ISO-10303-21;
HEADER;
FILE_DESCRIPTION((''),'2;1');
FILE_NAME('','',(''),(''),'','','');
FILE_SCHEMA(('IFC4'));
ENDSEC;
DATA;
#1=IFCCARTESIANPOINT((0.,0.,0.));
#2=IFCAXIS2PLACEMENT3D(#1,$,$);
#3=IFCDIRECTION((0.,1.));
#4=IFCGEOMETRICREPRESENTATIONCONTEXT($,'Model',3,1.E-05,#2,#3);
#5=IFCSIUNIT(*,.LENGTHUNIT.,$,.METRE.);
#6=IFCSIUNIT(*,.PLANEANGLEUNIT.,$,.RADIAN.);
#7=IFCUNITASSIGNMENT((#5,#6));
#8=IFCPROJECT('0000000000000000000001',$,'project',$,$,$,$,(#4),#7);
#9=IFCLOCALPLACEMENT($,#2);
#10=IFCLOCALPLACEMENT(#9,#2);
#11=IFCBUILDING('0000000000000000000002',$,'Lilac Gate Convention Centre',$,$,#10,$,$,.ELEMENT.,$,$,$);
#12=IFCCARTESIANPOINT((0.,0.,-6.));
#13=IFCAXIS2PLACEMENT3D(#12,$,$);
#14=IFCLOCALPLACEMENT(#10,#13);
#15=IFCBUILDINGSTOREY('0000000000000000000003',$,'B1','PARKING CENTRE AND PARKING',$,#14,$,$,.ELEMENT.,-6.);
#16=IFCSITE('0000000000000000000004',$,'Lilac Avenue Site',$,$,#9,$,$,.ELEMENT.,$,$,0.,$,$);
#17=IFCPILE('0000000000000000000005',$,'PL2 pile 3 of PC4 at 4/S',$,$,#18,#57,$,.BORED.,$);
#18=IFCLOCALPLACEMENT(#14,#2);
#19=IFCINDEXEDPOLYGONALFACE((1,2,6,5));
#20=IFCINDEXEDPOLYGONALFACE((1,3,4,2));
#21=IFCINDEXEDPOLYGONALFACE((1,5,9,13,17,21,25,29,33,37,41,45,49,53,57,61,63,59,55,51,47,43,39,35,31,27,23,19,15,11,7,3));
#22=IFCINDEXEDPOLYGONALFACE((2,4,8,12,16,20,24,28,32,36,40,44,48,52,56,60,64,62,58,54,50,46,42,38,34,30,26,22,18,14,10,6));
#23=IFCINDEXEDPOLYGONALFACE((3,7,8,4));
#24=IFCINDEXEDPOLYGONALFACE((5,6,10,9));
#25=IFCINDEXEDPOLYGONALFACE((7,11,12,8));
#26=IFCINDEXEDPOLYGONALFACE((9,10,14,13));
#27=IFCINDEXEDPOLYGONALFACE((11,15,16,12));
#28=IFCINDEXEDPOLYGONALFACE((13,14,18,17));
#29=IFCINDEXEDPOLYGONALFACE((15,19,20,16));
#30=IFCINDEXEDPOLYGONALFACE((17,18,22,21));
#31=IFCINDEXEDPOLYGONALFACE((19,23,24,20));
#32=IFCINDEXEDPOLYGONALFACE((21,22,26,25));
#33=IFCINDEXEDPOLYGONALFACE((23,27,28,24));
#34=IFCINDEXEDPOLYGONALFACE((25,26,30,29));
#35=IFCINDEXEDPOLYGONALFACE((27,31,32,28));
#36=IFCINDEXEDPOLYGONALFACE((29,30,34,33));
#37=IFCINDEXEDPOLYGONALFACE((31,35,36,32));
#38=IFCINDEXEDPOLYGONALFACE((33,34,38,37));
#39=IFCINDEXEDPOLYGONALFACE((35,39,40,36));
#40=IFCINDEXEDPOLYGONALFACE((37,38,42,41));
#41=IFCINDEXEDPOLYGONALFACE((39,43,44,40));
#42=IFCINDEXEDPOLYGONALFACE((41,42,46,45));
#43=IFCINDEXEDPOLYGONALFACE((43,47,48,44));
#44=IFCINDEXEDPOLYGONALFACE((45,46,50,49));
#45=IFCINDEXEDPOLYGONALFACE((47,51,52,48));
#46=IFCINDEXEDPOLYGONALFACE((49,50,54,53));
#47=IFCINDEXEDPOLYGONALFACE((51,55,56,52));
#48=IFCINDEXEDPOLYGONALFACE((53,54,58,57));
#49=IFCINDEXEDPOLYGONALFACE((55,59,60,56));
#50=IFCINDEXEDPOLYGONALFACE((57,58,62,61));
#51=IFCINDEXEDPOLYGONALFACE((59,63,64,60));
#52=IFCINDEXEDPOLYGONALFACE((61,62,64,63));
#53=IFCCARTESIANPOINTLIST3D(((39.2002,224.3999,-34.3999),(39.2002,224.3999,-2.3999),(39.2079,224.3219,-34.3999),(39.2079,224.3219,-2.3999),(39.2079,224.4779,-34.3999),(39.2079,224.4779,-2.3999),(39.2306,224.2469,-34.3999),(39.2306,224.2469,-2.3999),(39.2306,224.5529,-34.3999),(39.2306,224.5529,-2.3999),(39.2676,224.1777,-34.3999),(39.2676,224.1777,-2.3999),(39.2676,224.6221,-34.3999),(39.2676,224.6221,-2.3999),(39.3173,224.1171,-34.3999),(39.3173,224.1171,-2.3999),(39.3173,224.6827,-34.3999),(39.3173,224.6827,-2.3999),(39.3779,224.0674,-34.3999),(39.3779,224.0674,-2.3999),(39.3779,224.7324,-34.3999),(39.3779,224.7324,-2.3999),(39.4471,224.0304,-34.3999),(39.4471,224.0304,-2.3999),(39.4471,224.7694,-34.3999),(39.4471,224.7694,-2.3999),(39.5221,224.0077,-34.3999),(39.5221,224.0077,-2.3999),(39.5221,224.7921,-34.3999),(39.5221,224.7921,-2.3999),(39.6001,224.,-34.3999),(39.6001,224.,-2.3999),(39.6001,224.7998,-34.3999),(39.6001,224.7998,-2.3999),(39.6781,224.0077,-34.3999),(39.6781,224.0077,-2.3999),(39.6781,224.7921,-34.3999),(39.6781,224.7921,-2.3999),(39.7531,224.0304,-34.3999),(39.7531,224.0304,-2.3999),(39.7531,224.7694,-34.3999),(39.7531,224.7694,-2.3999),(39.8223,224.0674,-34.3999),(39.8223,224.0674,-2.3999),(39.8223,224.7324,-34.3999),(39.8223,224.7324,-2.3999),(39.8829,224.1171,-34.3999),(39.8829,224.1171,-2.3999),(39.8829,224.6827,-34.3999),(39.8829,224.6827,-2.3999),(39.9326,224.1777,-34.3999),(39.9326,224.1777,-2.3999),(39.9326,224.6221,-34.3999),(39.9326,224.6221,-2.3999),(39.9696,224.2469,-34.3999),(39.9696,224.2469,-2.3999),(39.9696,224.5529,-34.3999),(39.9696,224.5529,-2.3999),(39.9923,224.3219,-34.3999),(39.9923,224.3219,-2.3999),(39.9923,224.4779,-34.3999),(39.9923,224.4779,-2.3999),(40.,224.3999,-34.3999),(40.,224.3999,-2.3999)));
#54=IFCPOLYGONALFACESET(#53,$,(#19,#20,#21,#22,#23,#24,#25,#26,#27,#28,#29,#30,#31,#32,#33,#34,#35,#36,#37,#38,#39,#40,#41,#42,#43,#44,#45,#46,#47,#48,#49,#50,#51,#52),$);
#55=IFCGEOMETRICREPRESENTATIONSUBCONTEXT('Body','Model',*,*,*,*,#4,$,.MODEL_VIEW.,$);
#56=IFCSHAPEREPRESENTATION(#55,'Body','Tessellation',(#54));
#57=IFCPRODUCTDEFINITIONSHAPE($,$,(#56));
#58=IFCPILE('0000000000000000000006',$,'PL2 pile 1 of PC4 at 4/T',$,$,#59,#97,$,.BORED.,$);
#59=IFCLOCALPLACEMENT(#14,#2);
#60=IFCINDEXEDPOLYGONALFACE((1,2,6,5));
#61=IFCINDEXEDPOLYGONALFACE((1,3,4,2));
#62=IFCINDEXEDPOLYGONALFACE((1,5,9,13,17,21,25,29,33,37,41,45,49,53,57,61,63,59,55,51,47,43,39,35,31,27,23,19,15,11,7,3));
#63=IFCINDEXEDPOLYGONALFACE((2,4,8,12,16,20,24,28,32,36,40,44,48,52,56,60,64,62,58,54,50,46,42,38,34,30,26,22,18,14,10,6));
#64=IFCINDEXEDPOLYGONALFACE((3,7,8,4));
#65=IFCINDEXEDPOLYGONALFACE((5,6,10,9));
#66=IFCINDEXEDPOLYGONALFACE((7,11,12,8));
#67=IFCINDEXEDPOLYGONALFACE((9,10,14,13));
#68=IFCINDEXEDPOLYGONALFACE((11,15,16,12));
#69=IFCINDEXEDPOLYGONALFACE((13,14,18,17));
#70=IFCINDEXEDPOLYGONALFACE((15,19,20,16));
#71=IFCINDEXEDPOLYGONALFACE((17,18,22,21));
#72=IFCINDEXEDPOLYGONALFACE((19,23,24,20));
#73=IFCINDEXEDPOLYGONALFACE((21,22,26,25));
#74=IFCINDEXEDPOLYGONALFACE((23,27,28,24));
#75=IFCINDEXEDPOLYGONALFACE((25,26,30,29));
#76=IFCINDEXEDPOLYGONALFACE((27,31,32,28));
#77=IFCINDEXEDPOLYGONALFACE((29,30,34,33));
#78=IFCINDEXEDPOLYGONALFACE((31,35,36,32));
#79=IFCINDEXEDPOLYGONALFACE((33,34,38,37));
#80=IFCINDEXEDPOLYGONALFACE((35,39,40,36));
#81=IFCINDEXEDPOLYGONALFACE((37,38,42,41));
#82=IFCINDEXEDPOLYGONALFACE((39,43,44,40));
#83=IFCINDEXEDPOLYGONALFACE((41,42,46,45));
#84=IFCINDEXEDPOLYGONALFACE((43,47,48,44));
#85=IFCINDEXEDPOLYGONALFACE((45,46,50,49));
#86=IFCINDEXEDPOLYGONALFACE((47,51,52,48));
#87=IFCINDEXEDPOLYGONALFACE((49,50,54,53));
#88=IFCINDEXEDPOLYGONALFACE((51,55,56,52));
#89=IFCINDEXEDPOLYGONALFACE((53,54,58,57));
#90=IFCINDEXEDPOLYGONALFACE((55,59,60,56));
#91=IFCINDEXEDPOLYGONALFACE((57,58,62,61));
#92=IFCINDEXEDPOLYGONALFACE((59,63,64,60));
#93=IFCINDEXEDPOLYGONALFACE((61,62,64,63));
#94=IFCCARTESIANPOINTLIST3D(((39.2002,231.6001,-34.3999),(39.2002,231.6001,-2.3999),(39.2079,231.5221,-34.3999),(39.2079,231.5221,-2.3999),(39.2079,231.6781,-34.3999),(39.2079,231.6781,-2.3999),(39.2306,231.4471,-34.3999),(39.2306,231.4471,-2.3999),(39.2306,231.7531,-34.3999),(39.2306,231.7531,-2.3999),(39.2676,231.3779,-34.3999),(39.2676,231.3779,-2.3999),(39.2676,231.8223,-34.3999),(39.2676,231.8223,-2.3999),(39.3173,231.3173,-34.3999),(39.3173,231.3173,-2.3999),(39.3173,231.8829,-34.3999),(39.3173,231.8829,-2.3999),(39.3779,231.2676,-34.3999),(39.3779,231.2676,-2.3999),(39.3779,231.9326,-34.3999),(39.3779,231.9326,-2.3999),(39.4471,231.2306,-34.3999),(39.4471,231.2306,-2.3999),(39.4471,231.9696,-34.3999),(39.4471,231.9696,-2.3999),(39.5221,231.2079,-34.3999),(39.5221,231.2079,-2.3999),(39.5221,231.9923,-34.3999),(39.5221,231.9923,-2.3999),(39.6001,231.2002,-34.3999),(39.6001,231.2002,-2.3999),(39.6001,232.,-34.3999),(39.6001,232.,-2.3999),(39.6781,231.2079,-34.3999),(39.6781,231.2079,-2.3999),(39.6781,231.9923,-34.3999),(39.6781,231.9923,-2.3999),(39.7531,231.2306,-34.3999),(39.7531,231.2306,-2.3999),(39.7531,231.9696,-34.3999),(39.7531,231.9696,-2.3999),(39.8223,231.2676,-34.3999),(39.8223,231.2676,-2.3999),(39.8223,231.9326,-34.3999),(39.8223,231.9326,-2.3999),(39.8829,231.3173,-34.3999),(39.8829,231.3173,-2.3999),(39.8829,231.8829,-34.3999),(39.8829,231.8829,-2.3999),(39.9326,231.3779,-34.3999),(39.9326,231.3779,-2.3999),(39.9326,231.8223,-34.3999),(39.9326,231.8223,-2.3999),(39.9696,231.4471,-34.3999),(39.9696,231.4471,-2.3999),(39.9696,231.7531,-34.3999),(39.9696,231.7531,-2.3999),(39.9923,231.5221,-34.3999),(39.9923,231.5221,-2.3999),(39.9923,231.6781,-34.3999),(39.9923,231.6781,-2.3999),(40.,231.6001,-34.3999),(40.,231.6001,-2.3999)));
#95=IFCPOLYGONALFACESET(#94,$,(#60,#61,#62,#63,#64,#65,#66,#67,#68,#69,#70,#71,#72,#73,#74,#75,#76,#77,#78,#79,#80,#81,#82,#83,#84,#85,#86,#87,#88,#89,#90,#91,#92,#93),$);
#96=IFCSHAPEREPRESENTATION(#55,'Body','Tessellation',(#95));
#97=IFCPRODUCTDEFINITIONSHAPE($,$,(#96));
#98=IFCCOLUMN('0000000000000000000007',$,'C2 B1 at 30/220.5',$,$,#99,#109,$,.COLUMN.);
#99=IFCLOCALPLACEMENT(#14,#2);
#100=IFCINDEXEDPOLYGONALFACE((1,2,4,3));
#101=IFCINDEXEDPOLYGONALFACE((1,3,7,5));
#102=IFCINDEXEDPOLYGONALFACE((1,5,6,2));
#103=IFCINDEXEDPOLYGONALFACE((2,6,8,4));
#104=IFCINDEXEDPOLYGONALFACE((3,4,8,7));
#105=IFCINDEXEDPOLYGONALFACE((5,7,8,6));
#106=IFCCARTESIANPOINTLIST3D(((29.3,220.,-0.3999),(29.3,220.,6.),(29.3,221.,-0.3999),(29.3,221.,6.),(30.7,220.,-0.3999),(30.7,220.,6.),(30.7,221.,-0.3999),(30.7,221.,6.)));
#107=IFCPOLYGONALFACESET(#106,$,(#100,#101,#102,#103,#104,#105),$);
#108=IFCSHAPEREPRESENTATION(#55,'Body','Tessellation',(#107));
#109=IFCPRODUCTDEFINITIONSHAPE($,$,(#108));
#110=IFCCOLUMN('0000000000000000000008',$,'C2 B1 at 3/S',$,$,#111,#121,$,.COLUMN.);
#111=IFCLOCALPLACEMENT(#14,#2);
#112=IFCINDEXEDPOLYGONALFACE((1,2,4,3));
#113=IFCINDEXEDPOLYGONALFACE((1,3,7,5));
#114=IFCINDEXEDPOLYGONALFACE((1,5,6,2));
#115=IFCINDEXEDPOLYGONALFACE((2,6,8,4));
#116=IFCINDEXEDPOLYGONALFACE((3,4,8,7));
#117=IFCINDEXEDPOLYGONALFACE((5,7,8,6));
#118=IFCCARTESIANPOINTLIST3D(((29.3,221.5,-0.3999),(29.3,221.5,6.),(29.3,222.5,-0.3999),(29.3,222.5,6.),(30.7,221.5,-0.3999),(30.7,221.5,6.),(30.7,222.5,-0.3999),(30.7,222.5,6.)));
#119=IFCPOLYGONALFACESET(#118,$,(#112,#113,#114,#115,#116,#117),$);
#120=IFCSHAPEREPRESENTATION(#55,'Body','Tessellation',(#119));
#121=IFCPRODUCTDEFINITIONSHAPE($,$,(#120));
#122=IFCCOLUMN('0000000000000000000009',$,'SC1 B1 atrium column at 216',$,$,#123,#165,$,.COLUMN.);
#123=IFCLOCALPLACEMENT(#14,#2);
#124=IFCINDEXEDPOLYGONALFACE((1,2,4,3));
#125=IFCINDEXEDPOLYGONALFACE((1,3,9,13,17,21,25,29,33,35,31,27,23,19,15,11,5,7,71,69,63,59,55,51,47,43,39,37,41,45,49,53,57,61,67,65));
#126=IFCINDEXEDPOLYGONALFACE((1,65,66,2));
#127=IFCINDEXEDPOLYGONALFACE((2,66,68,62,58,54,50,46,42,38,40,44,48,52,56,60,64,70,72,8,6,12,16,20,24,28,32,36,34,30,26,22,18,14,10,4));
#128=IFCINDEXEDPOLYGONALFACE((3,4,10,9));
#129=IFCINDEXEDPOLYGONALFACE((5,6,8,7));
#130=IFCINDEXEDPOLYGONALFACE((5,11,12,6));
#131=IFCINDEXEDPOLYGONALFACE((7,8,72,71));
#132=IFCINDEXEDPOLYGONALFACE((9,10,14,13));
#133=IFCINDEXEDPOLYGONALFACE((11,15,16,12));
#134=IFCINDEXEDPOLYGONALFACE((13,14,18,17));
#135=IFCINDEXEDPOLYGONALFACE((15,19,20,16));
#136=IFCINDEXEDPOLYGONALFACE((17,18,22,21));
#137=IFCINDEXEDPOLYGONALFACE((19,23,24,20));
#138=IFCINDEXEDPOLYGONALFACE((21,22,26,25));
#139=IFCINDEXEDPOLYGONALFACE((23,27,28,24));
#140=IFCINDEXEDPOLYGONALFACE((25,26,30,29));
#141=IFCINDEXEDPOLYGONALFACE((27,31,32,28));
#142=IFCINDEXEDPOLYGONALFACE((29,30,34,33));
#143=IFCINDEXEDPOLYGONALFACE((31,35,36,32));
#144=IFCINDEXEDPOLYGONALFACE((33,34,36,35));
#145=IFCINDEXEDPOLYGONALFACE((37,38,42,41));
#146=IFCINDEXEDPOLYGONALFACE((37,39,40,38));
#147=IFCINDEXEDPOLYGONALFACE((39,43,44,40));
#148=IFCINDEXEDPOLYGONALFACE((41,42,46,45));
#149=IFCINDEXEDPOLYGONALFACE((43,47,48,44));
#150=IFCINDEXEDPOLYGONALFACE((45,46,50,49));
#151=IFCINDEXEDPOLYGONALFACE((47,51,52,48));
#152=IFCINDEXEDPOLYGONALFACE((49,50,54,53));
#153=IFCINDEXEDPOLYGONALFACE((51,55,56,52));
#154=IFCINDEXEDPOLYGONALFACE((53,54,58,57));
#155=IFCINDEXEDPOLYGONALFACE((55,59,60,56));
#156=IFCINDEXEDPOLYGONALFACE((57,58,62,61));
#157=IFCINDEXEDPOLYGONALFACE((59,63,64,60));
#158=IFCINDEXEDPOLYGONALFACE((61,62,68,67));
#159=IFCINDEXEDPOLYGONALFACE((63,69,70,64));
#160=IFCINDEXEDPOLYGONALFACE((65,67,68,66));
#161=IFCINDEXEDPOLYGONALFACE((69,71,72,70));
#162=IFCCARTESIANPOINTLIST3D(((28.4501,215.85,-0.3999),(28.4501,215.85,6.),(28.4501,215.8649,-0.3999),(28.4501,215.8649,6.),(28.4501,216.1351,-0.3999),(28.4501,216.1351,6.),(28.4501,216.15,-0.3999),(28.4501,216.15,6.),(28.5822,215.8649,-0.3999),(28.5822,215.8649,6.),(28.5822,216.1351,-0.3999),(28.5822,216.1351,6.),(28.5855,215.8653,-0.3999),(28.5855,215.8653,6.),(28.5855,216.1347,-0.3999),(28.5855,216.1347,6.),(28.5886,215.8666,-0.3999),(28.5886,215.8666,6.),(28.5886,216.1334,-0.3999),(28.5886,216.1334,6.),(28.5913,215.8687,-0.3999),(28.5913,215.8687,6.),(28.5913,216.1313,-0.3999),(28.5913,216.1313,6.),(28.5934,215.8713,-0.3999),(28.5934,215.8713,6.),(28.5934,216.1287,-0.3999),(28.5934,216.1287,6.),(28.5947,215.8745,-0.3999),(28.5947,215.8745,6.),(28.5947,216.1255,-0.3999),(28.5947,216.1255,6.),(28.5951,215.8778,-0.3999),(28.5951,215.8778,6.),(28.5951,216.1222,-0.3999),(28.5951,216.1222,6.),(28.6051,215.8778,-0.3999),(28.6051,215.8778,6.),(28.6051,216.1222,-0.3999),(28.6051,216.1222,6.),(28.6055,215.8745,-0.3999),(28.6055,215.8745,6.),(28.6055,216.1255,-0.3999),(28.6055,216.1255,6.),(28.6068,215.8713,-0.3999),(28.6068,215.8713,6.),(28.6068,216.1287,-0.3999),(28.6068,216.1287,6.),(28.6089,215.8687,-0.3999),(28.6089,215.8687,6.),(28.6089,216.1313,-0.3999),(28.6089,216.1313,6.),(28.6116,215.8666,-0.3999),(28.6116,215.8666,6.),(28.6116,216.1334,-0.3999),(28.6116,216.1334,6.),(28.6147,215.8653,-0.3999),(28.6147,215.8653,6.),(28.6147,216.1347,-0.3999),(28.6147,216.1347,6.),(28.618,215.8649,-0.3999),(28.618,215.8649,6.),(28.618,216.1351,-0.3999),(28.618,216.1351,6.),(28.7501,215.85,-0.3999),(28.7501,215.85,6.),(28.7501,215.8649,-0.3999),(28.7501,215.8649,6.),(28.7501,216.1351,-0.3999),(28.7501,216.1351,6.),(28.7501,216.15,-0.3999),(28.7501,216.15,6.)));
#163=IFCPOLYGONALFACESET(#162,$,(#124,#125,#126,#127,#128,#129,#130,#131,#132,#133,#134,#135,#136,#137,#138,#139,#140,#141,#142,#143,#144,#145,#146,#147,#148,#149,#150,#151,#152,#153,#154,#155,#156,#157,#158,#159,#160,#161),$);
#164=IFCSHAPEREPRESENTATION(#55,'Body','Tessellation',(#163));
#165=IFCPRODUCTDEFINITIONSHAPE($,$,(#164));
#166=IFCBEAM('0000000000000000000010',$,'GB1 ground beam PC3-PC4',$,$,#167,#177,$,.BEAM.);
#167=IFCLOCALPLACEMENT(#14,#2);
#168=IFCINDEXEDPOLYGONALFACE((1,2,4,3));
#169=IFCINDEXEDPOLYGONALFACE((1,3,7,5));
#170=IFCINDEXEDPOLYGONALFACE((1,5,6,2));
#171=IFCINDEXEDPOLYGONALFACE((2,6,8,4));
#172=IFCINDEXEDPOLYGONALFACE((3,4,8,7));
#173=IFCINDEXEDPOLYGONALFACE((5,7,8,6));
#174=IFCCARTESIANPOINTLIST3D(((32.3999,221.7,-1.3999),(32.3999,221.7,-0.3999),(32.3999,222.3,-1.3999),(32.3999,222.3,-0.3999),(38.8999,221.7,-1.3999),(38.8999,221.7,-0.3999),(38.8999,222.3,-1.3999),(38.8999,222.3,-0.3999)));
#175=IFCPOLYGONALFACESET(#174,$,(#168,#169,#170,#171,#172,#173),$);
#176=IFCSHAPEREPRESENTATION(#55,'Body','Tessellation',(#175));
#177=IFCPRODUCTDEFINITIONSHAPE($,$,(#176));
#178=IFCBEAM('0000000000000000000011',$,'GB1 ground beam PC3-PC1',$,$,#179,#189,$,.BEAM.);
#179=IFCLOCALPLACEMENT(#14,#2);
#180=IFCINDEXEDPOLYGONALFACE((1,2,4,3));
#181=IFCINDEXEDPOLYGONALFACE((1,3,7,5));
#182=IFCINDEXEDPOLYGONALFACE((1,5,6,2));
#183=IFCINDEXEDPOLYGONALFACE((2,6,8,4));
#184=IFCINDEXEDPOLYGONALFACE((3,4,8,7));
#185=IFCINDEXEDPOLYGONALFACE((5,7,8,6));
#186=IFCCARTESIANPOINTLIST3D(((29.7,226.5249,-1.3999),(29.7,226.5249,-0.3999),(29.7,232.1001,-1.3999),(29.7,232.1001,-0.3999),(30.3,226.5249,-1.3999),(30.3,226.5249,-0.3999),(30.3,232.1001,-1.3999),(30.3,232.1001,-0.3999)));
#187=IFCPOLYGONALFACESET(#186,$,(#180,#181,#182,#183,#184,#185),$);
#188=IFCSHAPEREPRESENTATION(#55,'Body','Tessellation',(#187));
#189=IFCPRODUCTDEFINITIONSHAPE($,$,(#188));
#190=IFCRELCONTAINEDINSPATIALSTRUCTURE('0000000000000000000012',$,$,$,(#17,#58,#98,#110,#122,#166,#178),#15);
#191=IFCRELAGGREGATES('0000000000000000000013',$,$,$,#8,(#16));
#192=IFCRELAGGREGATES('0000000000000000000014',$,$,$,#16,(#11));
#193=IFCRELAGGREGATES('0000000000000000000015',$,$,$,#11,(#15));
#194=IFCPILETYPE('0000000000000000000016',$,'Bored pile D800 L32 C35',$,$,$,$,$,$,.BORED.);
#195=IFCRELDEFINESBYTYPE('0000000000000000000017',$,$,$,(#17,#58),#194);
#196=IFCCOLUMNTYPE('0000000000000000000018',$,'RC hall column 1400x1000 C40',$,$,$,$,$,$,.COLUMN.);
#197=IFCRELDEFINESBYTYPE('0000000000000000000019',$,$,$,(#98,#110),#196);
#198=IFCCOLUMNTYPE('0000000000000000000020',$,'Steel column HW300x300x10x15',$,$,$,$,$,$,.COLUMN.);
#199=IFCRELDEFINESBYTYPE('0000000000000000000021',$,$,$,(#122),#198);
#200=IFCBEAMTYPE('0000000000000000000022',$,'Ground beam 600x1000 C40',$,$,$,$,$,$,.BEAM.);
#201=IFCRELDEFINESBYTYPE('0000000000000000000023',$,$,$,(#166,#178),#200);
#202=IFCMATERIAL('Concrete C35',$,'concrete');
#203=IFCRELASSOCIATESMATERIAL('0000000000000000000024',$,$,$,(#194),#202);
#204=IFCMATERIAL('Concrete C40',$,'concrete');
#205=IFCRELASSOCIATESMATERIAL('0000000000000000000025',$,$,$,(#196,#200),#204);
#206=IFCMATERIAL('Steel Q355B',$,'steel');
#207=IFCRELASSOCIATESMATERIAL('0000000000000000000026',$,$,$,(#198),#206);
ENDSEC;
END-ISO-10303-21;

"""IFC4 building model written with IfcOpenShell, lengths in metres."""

from ifc_helpers import new_model, si_unit, direction, frame, origin, origin_2d, place, context, subcontext, project, spatial, rectangle, circle, i_section, extrude, material, material_profile, profile_set, type_object, element, save


model = new_model("IFC4")

# Units and contexts
model_context = context("Model", 3, precision=1e-05, world=origin(), true_north=direction((0.0, 1.0)))
body_context = subcontext(model_context, "Body", "Model", "MODEL_VIEW")
ifc_project = project(units=[si_unit("LENGTHUNIT", "METRE"), si_unit("PLANEANGLEUNIT", "RADIAN")], contexts=[model_context])

# Site, building, storey
site_placement = place(None, origin())
site = spatial("IfcSite", under=ifc_project, at=site_placement, Name="Lilac Avenue Site", CompositionType="ELEMENT", RefElevation=0.0)
building_placement = place(site_placement, origin())
building = spatial("IfcBuilding", under=site, at=building_placement, Name="Lilac Gate Convention Centre", CompositionType="ELEMENT")
storey_placement = place(building_placement, frame((0.0, 0.0, -6.0)))
storey = spatial("IfcBuildingStorey", under=building, at=storey_placement, Name="B1", Description="PARKING CENTRE AND PARKING", CompositionType="ELEMENT", Elevation=-6.0)

# Piles
ifc_material_1 = material(Name="Concrete C35", Category="concrete")
ifc_material_profile_1 = material_profile(ifc_material_1, circle(Radius=0.3999, at=origin_2d()), Name="D800")
ifc_profile_set_1 = profile_set([ifc_material_profile_1], Name="Concrete C35")
pile_type_1 = type_object("IfcPileType", Name="Bored pile D800 L32 C35", PredefinedType="BORED", material=ifc_profile_set_1)
for number, where, z_axis, x_axis, name in (
    (1, (39.6001, 224.3999, -2.3999), (0.0, 0.0, -1.0), (1.0, 0.0, 0.0), "PL2 pile 3 of PC4 at 4/S"),
    (2, (39.6001, 231.6001, -2.3999), (0.0, 0.0, -1.0), (1.0, 0.0, 0.0), "PL2 pile 1 of PC4 at 4/T"),
):
    element("IfcPile", number, at=place(storey_placement, frame(where, z_axis=z_axis, x_axis=x_axis)), inside=storey, type_object=pile_type_1, Name=name, PredefinedType="BORED", context=body_context, shape_type="SweptSolid", body=[
        extrude(circle(Radius=0.3999, at=origin_2d()), origin(), (0.0, 0.0, 1.0), 32.0),
    ])

# Columns
ifc_material_2 = material(Name="Concrete C40", Category="concrete")
ifc_material_profile_2 = material_profile(ifc_material_2, rectangle(XDim=1.3999, YDim=1.0, at=origin_2d()), Name="RC 1400x1000")
ifc_profile_set_2 = profile_set([ifc_material_profile_2], Name="Concrete C40")
column_type_1 = type_object("IfcColumnType", Name="RC hall column 1400x1000 C40", PredefinedType="COLUMN", material=ifc_profile_set_2)
for number, where, z_axis, x_axis, name in (
    (3, (30.0, 220.5, -0.3999), (0.0, 0.0, 1.0), (1.0, 0.0, 0.0), "C2 B1 at 30/220.5"),
    (4, (30.0, 222.0, -0.3999), (0.0, 0.0, 1.0), (1.0, 0.0, 0.0), "C2 B1 at 3/S"),
):
    element("IfcColumn", number, at=place(storey_placement, frame(where, z_axis=z_axis, x_axis=x_axis)), inside=storey, type_object=column_type_1, Name=name, PredefinedType="COLUMN", context=body_context, shape_type="SweptSolid", body=[
        extrude(rectangle(XDim=1.3999, YDim=1.0, at=origin_2d()), origin(), (0.0, 0.0, 1.0), 6.3999),
    ])
ifc_material_3 = material(Name="Steel Q355B", Category="steel")
ifc_material_profile_3 = material_profile(ifc_material_3, i_section(OverallWidth=0.3, OverallDepth=0.3, WebThickness=0.01, FlangeThickness=0.0149, FilletRadius=0.0129, at=origin_2d()), Name="HW300x300x10x15")
ifc_profile_set_3 = profile_set([ifc_material_profile_3], Name="Steel Q355B")
column_type_2 = type_object("IfcColumnType", Name="Steel column HW300x300x10x15", PredefinedType="COLUMN", material=ifc_profile_set_3)
column_placement = place(storey_placement, frame((28.6001, 216.0, -0.3999), z_axis=(0.0, 0.0, 1.0), x_axis=(1.0, 0.0, 0.0)))
element("IfcColumn", 5, at=column_placement, inside=storey, type_object=column_type_2, Name="SC1 B1 atrium column at 216", PredefinedType="COLUMN", context=body_context, shape_type="SweptSolid", body=[
    extrude(i_section(OverallWidth=0.3, OverallDepth=0.3, WebThickness=0.01, FlangeThickness=0.0149, FilletRadius=0.0129, at=origin_2d()), origin(), (0.0, 0.0, 1.0), 6.3999),
])

# Beams
ifc_material_profile_4 = material_profile(ifc_material_2, rectangle(XDim=0.6001, YDim=1.0, at=origin_2d()), Name="RC 600x1000")
ifc_profile_set_4 = profile_set([ifc_material_profile_4], Name="Concrete C40")
beam_type = type_object("IfcBeamType", Name="Ground beam 600x1000 C40", PredefinedType="BEAM", material=ifc_profile_set_4)
beam_1_placement = place(storey_placement, frame((32.3999, 222.0, -0.8999), z_axis=(1.0, 0.0, 0.0), x_axis=(0.0, 1.0, 0.0)))
element("IfcBeam", 6, at=beam_1_placement, inside=storey, type_object=beam_type, Name="GB1 ground beam PC3-PC4", PredefinedType="BEAM", context=body_context, shape_type="SweptSolid", body=[
    extrude(rectangle(XDim=0.6001, YDim=1.0, at=origin_2d()), origin(), (0.0, 0.0, 1.0), 6.5),
])
beam_2_placement = place(storey_placement, frame((30.0, 226.5249, -0.8999), z_axis=(0.0, 1.0, 0.0), x_axis=(-1.0, 0.0, 0.0)))
element("IfcBeam", 7, at=beam_2_placement, inside=storey, type_object=beam_type, Name="GB1 ground beam PC3-PC1", PredefinedType="BEAM", context=body_context, shape_type="SweptSolid", body=[
    extrude(rectangle(XDim=0.6001, YDim=1.0, at=origin_2d()), origin(), (0.0, 0.0, 1.0), 5.5752),
])

save(model, "model.ifc")
